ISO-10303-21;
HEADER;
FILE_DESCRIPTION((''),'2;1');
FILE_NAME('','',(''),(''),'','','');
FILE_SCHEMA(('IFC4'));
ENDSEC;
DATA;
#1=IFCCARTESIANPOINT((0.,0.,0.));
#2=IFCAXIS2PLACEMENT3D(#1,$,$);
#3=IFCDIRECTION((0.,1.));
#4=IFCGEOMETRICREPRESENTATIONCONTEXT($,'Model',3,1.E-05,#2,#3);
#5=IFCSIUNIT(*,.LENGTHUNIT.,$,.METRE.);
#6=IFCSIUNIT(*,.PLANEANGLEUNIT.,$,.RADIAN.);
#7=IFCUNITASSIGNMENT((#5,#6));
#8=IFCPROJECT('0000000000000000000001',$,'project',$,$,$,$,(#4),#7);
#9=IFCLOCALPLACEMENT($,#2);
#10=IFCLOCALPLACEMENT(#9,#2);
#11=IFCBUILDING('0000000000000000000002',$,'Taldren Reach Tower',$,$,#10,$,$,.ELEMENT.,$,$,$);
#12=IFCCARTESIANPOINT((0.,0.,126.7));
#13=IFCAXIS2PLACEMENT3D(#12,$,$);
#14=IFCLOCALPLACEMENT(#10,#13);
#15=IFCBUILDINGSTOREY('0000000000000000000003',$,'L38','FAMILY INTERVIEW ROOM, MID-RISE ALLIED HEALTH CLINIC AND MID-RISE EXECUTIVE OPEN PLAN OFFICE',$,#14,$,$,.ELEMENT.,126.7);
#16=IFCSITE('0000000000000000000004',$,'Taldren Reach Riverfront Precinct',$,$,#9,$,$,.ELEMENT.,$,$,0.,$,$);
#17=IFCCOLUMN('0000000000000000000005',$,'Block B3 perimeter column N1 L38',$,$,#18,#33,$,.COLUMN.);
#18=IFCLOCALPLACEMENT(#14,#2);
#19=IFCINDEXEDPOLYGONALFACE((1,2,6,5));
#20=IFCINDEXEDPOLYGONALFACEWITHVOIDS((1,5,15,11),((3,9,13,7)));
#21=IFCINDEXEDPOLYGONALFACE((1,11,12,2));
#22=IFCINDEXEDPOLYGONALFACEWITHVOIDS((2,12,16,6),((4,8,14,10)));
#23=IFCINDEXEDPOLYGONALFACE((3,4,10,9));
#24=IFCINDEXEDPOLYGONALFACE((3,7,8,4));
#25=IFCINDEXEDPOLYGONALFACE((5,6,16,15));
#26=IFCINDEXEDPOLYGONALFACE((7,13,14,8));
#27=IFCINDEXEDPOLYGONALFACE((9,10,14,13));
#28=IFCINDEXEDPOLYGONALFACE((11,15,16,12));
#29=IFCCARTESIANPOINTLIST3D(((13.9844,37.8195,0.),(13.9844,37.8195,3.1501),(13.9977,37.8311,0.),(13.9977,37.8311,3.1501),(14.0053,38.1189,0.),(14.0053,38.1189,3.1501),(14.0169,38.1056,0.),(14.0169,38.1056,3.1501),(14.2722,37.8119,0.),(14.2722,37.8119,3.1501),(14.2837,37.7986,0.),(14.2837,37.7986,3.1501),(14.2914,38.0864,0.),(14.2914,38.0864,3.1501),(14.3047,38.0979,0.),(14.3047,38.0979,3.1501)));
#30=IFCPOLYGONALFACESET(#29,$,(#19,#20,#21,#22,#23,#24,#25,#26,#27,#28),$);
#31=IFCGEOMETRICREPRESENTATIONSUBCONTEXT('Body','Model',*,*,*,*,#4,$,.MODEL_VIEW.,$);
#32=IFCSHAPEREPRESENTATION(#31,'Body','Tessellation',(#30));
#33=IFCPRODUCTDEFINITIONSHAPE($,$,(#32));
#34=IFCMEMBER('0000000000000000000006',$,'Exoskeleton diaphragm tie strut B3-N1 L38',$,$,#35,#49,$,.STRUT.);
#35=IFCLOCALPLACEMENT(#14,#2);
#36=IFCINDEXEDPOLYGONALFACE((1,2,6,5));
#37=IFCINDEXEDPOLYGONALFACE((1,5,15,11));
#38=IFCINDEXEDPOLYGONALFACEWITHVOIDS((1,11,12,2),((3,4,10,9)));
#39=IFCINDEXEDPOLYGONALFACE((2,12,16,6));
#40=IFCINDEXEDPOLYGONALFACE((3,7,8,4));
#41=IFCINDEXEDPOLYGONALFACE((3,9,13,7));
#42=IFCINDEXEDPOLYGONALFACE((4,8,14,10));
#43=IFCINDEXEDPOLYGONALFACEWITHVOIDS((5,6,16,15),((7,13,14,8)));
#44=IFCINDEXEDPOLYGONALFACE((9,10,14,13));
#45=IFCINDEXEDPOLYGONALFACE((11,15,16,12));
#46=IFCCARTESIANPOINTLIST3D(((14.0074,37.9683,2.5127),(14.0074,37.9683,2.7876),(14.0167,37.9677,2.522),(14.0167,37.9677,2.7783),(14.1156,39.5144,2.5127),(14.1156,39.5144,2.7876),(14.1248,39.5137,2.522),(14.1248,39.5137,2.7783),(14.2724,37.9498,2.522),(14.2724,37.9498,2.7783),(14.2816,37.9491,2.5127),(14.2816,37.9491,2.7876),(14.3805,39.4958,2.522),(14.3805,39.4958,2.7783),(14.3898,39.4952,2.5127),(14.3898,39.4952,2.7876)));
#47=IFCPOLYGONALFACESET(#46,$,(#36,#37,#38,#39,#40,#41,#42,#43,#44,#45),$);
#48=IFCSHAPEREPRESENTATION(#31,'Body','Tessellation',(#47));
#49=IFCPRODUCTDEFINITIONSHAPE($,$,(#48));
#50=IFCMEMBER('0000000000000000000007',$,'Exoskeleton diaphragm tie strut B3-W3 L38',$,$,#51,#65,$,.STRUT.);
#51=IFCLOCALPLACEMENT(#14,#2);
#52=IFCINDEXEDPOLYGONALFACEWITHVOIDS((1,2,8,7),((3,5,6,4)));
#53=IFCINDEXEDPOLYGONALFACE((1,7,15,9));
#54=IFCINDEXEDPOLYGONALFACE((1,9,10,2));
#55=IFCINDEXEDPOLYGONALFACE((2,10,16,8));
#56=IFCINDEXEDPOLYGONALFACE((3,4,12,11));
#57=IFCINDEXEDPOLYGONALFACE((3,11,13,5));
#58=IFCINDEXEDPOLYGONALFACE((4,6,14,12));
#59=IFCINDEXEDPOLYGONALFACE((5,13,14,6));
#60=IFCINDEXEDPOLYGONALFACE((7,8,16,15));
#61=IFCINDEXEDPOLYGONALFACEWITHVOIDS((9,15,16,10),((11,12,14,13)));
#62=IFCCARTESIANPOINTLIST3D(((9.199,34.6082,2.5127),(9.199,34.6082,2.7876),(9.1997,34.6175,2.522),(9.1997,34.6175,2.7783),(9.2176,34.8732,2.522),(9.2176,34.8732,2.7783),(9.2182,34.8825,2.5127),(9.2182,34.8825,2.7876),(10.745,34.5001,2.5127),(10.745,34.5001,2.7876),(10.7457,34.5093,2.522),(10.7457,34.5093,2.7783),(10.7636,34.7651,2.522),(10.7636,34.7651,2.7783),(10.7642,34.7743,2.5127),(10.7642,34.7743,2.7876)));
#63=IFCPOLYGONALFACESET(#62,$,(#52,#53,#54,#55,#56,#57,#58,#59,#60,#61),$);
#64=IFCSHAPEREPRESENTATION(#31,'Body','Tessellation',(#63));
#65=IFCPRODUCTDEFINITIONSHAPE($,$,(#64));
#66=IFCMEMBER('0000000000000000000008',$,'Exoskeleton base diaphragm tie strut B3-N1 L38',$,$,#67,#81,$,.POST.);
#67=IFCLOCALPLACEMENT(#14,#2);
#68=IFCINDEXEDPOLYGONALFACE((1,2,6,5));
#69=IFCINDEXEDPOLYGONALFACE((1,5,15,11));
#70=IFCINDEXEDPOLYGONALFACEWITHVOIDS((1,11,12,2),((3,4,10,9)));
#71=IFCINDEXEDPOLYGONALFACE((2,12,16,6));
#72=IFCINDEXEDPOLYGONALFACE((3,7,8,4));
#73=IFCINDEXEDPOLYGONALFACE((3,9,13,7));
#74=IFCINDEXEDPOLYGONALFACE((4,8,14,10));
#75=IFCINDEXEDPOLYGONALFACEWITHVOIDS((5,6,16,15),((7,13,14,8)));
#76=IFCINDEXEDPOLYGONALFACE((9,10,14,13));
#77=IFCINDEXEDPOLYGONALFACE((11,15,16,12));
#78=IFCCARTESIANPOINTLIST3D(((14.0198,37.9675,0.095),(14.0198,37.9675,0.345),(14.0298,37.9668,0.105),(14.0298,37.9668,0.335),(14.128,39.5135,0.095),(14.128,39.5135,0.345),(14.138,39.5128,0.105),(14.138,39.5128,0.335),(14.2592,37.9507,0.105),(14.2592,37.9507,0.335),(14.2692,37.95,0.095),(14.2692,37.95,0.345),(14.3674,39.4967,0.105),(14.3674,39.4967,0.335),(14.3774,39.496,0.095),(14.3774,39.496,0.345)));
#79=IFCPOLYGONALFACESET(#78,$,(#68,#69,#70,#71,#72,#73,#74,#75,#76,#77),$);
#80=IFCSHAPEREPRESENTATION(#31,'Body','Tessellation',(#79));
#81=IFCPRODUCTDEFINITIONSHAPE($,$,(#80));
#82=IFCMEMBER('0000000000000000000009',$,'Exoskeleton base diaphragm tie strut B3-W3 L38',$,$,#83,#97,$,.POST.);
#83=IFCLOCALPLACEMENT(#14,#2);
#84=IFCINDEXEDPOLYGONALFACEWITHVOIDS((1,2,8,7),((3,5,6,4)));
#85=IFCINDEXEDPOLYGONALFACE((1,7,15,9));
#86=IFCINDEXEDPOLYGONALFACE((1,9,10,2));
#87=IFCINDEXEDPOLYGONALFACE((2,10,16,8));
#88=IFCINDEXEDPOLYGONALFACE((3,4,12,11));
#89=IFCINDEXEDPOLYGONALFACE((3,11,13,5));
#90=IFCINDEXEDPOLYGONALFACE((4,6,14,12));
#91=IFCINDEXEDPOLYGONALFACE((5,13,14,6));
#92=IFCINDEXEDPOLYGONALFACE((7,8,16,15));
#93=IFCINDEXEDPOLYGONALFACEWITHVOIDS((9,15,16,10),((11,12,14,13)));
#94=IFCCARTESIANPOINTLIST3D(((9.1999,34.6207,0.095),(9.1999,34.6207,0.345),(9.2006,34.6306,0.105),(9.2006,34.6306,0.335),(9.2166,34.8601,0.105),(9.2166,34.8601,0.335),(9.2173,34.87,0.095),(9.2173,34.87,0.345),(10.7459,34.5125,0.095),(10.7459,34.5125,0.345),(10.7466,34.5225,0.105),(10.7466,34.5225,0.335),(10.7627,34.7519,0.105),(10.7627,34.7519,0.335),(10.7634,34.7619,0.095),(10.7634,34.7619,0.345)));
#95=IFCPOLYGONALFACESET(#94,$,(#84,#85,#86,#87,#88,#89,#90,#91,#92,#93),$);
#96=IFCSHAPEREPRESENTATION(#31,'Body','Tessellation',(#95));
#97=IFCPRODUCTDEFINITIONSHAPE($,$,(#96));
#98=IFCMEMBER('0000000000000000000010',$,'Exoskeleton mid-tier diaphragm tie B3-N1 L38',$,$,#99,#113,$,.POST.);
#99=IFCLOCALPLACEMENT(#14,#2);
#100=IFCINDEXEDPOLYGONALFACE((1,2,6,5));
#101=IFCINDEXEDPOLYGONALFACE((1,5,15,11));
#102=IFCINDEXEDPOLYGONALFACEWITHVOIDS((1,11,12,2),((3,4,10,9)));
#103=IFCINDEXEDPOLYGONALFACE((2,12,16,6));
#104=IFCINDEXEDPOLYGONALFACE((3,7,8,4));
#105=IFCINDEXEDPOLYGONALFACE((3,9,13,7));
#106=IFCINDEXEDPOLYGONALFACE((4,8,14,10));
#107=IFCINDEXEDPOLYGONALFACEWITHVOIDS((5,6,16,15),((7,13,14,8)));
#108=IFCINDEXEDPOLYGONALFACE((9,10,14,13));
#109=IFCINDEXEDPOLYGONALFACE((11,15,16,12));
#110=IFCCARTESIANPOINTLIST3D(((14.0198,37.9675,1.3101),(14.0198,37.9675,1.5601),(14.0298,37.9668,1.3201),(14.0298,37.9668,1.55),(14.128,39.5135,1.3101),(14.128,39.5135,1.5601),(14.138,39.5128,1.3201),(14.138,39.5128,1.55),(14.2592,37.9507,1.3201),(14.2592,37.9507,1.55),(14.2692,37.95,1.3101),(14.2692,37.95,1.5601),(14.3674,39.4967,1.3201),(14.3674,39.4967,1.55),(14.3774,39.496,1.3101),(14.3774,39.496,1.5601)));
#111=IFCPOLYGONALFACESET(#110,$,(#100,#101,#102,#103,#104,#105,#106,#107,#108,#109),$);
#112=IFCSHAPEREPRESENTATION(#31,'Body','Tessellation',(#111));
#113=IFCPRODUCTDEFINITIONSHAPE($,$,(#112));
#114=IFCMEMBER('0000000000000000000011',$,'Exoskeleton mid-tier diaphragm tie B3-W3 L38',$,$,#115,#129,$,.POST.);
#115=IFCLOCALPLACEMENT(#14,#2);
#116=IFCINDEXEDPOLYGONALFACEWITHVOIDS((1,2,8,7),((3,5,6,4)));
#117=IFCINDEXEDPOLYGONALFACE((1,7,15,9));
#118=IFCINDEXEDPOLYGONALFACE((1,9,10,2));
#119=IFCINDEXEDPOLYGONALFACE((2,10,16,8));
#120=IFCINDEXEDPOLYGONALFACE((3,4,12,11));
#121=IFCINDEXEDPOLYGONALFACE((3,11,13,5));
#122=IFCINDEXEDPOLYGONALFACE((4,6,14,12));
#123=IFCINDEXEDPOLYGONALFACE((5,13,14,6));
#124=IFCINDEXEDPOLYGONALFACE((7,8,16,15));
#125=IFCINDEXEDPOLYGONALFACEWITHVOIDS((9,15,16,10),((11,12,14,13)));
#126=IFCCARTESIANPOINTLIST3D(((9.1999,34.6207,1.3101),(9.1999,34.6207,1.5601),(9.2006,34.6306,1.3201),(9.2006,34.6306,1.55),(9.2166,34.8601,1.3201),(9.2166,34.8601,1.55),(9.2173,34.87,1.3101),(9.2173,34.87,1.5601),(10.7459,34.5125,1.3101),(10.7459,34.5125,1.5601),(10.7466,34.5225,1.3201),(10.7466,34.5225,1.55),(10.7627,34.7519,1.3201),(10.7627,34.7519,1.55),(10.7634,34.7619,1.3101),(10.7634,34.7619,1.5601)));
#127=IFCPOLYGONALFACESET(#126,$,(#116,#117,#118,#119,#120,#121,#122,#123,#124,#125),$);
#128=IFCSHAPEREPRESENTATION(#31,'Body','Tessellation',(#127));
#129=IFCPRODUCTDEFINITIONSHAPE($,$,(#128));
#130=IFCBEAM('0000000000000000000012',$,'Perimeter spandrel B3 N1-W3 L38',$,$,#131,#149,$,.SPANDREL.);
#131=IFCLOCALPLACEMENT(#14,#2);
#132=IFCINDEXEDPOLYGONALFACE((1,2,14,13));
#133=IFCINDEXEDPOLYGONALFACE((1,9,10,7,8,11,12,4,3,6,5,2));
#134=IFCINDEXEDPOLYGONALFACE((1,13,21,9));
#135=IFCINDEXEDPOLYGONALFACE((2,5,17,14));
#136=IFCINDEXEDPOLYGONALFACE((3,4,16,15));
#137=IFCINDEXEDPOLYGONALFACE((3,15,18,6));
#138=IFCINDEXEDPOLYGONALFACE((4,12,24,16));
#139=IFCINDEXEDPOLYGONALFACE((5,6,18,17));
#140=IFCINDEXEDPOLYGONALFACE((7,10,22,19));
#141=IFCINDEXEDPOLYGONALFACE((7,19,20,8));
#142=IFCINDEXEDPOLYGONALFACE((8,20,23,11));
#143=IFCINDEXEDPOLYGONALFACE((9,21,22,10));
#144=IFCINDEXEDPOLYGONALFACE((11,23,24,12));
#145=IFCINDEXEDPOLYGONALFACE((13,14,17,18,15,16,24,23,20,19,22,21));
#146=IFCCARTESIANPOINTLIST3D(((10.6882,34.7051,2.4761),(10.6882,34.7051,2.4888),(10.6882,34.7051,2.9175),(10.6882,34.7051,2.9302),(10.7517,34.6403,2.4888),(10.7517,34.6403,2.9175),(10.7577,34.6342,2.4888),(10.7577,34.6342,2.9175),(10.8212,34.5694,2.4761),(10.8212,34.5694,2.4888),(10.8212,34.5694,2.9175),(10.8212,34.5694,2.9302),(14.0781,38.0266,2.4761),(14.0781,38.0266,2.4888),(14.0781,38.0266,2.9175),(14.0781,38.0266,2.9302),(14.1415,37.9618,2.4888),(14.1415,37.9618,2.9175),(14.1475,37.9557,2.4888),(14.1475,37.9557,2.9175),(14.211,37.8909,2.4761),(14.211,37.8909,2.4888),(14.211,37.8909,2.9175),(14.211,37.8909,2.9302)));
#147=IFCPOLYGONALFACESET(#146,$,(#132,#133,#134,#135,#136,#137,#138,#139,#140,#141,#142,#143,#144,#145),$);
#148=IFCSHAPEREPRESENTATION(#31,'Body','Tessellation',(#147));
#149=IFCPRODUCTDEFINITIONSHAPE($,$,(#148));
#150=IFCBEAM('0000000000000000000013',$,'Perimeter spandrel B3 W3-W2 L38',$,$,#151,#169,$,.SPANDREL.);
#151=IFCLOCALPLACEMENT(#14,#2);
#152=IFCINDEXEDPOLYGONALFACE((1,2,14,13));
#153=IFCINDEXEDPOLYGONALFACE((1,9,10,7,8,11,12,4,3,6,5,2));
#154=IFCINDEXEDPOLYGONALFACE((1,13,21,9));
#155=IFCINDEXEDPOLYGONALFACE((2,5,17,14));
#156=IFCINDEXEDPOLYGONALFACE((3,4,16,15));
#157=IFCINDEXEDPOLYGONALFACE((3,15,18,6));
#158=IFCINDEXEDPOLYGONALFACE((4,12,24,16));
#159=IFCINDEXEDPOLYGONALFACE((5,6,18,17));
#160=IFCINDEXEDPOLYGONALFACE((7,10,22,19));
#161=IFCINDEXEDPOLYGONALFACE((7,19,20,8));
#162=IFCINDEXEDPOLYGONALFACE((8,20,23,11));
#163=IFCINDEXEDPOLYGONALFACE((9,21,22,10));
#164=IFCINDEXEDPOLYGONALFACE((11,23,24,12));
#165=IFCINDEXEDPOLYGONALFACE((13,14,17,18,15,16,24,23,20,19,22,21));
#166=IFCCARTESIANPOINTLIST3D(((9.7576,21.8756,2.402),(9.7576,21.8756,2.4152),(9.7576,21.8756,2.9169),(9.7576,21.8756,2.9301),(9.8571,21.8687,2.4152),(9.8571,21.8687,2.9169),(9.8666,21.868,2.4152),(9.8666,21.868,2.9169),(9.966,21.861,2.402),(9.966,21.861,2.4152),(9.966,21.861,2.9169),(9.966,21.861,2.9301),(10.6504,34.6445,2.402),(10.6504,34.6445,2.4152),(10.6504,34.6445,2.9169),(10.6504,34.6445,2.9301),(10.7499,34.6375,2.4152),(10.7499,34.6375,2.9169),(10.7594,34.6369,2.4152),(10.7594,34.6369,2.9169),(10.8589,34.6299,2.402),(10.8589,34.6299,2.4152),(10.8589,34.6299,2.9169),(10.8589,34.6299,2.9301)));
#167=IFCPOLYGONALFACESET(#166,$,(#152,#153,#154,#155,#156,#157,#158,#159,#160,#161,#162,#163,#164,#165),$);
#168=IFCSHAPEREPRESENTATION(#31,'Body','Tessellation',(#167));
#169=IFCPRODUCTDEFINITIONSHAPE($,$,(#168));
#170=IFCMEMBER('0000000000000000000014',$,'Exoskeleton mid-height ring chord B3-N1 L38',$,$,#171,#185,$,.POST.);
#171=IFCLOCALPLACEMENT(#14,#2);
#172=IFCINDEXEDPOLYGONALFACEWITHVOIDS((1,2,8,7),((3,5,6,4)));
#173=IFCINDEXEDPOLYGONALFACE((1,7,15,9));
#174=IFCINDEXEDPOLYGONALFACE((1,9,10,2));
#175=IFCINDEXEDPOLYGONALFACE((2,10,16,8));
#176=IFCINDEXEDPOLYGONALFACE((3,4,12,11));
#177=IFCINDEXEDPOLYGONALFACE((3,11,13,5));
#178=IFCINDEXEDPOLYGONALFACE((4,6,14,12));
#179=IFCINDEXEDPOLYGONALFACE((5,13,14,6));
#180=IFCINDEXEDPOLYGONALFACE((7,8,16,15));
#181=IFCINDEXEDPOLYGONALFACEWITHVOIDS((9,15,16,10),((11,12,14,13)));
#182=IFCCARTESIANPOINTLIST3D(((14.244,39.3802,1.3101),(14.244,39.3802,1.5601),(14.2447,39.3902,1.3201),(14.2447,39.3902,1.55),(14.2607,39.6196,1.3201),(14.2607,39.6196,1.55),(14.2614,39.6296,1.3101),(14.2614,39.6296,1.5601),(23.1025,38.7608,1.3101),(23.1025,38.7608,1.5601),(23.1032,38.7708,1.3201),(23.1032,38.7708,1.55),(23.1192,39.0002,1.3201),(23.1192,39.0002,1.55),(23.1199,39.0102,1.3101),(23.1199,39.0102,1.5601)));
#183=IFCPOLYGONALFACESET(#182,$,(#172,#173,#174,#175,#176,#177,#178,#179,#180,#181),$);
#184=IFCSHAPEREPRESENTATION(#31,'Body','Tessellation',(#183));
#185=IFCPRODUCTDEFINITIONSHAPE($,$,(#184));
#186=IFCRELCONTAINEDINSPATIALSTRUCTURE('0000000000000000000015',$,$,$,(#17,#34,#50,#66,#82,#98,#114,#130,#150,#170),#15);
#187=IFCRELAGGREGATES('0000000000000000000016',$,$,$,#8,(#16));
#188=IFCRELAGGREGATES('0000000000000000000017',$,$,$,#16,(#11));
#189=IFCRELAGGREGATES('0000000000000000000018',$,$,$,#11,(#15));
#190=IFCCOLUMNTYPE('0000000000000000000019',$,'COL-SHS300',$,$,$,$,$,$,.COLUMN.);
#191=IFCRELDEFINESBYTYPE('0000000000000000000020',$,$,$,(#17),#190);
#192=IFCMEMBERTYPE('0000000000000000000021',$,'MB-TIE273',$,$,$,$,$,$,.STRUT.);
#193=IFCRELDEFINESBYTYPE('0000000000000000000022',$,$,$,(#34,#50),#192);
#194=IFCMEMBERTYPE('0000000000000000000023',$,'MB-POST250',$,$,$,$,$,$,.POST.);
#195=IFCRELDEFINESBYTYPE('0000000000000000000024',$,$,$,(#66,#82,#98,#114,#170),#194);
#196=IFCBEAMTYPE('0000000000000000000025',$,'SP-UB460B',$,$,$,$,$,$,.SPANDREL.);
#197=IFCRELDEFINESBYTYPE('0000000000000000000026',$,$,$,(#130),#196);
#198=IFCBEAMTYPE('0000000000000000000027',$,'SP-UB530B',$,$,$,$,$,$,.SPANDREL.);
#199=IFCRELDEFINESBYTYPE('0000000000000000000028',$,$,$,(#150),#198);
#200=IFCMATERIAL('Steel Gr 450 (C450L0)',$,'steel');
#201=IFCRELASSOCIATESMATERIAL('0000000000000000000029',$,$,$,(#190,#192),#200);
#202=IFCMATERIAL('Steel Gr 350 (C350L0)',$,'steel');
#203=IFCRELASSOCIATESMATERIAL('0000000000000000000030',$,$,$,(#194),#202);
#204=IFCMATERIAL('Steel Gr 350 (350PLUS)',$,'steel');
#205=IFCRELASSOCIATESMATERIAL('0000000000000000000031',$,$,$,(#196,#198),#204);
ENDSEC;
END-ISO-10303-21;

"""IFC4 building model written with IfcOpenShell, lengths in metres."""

from ifc_helpers import new_model, si_unit, direction, frame, origin, origin_2d, place, context, subcontext, project, spatial, hollow_rectangle, i_section, extrude, source, transform, mapped, material, material_profile, profile_set, type_object, element, save


model = new_model("IFC4")

# Units and contexts
model_context = context("Model", 3, precision=1e-05, world=origin(), true_north=direction((0.0, 1.0)))
body_context = subcontext(model_context, "Body", "Model", "MODEL_VIEW")
ifc_project = project(units=[si_unit("LENGTHUNIT", "METRE"), si_unit("PLANEANGLEUNIT", "RADIAN")], contexts=[model_context])

# Site, building, storey
site_placement = place(None, origin())
site = spatial("IfcSite", under=ifc_project, at=site_placement, Name="Taldren Reach Riverfront Precinct", CompositionType="ELEMENT", RefElevation=0.0)
building_placement = place(site_placement, origin())
building = spatial("IfcBuilding", under=site, at=building_placement, Name="Taldren Reach Tower", CompositionType="ELEMENT")
storey_placement = place(building_placement, frame((0.0, 0.0, 126.7)))
storey = spatial("IfcBuildingStorey", under=building, at=storey_placement, Name="L38", Description="FAMILY INTERVIEW ROOM, MID-RISE ALLIED HEALTH CLINIC AND MID-RISE EXECUTIVE OPEN PLAN OFFICE", CompositionType="ELEMENT", Elevation=126.7)

# Column
ifc_material_1 = material(Name="Steel Gr 450 (C450L0)", Category="steel")
ifc_material_profile_1 = material_profile(ifc_material_1, hollow_rectangle(XDim=0.3, YDim=0.3, WallThickness=0.0125, at=origin_2d()), Name="300x300x12.5SHS")
ifc_profile_set_1 = profile_set([ifc_material_profile_1], Name="Steel Gr 450 (C450L0)")
column_type = type_object("IfcColumnType", Name="COL-SHS300", PredefinedType="COLUMN", material=ifc_profile_set_1)
shared_shape_1 = source(origin(), body_context, "Body", "SweptSolid", [
    extrude(hollow_rectangle(XDim=0.3, YDim=0.3, WallThickness=0.0125, at=origin_2d()), origin(), (0.0, 0.0, 1.0), 3.1501),
])
column_placement = place(storey_placement, frame((14.1445, 37.9587, 0.0), z_axis=(0.0, 0.0, 1.0), x_axis=(0.997564, -0.069756, 0.0)))
element("IfcColumn", 1, at=column_placement, inside=storey, type_object=column_type, Name="Block B3 perimeter column N1 L38", PredefinedType="COLUMN", context=body_context, shape_type="MappedRepresentation", body=[
    mapped(shared_shape_1, transform((0.0, 0.0, 0.0), scale=1.0)),
])

# Members
ifc_material_profile_2 = material_profile(ifc_material_1, hollow_rectangle(XDim=0.2749, YDim=0.2749, WallThickness=0.0093, at=origin_2d()), Name="275x275x9.3SHS")
ifc_profile_set_2 = profile_set([ifc_material_profile_2], Name="Steel Gr 450 (C450L0)")
member_type_1 = type_object("IfcMemberType", Name="MB-TIE273", PredefinedType="STRUT", material=ifc_profile_set_2)
shared_shape_2 = source(origin(), body_context, "Body", "SweptSolid", [
    extrude(hollow_rectangle(XDim=0.2749, YDim=0.2749, WallThickness=0.0093, at=origin_2d()), origin(), (0.0, 0.0, 1.0), 1.5498),
])
for number, where, z_axis, x_axis, name in (
    (2, (14.1445, 37.9587, 2.6501), (0.069781, 0.997562, 0.0), (-0.997562, 0.069781, 0.0), "Exoskeleton diaphragm tie strut B3-N1 L38"),
    (3, (10.7546, 34.6372, 2.6501), (-0.997562, 0.069781, 0.0), (-0.069781, -0.997562, 0.0), "Exoskeleton diaphragm tie strut B3-W3 L38"),
):
    element("IfcMember", number, at=place(storey_placement, frame(where, z_axis=z_axis, x_axis=x_axis)), inside=storey, type_object=member_type_1, Name=name, PredefinedType="STRUT", context=body_context, shape_type="MappedRepresentation", body=[
        mapped(shared_shape_2, transform((0.0, 0.0, 0.0), scale=1.0)),
    ])
ifc_material_2 = material(Name="Steel Gr 350 (C350L0)", Category="steel")
ifc_material_profile_3 = material_profile(ifc_material_2, hollow_rectangle(XDim=0.25, YDim=0.25, WallThickness=0.01, at=origin_2d()), Name="250x250x10.0SHS")
ifc_profile_set_3 = profile_set([ifc_material_profile_3], Name="Steel Gr 350 (C350L0)")
member_type_2 = type_object("IfcMemberType", Name="MB-POST250", PredefinedType="POST", material=ifc_profile_set_3)
shared_shape_3 = source(origin(), body_context, "Body", "SweptSolid", [
    extrude(hollow_rectangle(XDim=0.25, YDim=0.25, WallThickness=0.01, at=origin_2d()), origin(), (0.0, 0.0, 1.0), 1.5498),
])
for number, where, z_axis, x_axis, name in (
    (4, (14.1445, 37.9587, 0.22), (0.069781, 0.997562, 0.0), (-0.997562, 0.069781, 0.0), "Exoskeleton base diaphragm tie strut B3-N1 L38"),
    (5, (10.7546, 34.6372, 0.22), (-0.997562, 0.069781, 0.0), (-0.069781, -0.997562, 0.0), "Exoskeleton base diaphragm tie strut B3-W3 L38"),
    (6, (14.1445, 37.9587, 1.4351), (0.069781, 0.997562, 0.0), (-0.997562, 0.069781, 0.0), "Exoskeleton mid-tier diaphragm tie B3-N1 L38"),
    (7, (10.7546, 34.6372, 1.4351), (-0.997562, 0.069781, 0.0), (-0.069781, -0.997562, 0.0), "Exoskeleton mid-tier diaphragm tie B3-W3 L38"),
):
    element("IfcMember", number, at=place(storey_placement, frame(where, z_axis=z_axis, x_axis=x_axis)), inside=storey, type_object=member_type_2, Name=name, PredefinedType="POST", context=body_context, shape_type="MappedRepresentation", body=[
        mapped(shared_shape_3, transform((0.0, 0.0, 0.0), scale=1.0)),
    ])

# Beams
ifc_material_3 = material(Name="Steel Gr 350 (350PLUS)", Category="steel")
ifc_material_profile_4 = material_profile(ifc_material_3, i_section(OverallWidth=0.1899, OverallDepth=0.4541, WebThickness=0.0085, FlangeThickness=0.0127, at=origin_2d()), Name="460UB67.1")
ifc_profile_set_4 = profile_set([ifc_material_profile_4], Name="Steel Gr 350 (350PLUS)")
beam_type_1 = type_object("IfcBeamType", Name="SP-UB460B", PredefinedType="SPANDREL", material=ifc_profile_set_4)
shared_shape_4 = source(origin(), body_context, "Body", "SweptSolid", [
    extrude(i_section(OverallWidth=0.1899, OverallDepth=0.4541, WebThickness=0.0085, FlangeThickness=0.0127, at=origin_2d()), origin(), (0.0, 0.0, 1.0), 4.7458),
])
beam_1_placement = place(storey_placement, frame((14.1445, 37.9587, 2.7031), z_axis=(-0.714272, -0.699868, 0.0), x_axis=(0.699868, -0.714272, 0.0)))
element("IfcBeam", 8, at=beam_1_placement, inside=storey, type_object=beam_type_1, Name="Perimeter spandrel B3 N1-W3 L38", PredefinedType="SPANDREL", context=body_context, shape_type="MappedRepresentation", body=[
    mapped(shared_shape_4, transform((0.0, 0.0, 0.0), scale=1.0)),
])
ifc_material_profile_5 = material_profile(ifc_material_3, i_section(OverallWidth=0.209, OverallDepth=0.5281, WebThickness=0.0095, FlangeThickness=0.0132, at=origin_2d()), Name="530UB82.0")
ifc_profile_set_5 = profile_set([ifc_material_profile_5], Name="Steel Gr 350 (350PLUS)")
beam_type_2 = type_object("IfcBeamType", Name="SP-UB530B", PredefinedType="SPANDREL", material=ifc_profile_set_5)
shared_shape_5 = source(origin(), body_context, "Body", "SweptSolid", [
    extrude(i_section(OverallWidth=0.209, OverallDepth=0.5281, WebThickness=0.0095, FlangeThickness=0.0132, at=origin_2d()), origin(), (0.0, 0.0, 1.0), 12.8),
])
beam_2_placement = place(storey_placement, frame((10.7546, 34.6372, 2.666), z_axis=(-0.069752, -0.997564, 0.0), x_axis=(0.997564, -0.069752, 0.0)))
element("IfcBeam", 9, at=beam_2_placement, inside=storey, type_object=beam_type_2, Name="Perimeter spandrel B3 W3-W2 L38", PredefinedType="SPANDREL", context=body_context, shape_type="MappedRepresentation", body=[
    mapped(shared_shape_5, transform((0.0, 0.0, 0.0), scale=1.0)),
])

# Member
shared_shape_6 = source(origin(), body_context, "Body", "SweptSolid", [
    extrude(hollow_rectangle(XDim=0.25, YDim=0.25, WallThickness=0.01, at=origin_2d()), origin(), (0.0, 0.0, 1.0), 8.8801),
])
member_1_placement = place(storey_placement, frame((14.2527, 39.5049, 1.4351), z_axis=(0.997564, -0.06975, 0.0), x_axis=(0.06975, 0.997564, 0.0)))
element("IfcMember", 10, at=member_1_placement, inside=storey, type_object=member_type_2, Name="Exoskeleton mid-height ring chord B3-N1 L38", PredefinedType="POST", context=body_context, shape_type="MappedRepresentation", body=[
    mapped(shared_shape_6, transform((0.0, 0.0, 0.0), scale=1.0)),
])

save(model, "model.ifc")
